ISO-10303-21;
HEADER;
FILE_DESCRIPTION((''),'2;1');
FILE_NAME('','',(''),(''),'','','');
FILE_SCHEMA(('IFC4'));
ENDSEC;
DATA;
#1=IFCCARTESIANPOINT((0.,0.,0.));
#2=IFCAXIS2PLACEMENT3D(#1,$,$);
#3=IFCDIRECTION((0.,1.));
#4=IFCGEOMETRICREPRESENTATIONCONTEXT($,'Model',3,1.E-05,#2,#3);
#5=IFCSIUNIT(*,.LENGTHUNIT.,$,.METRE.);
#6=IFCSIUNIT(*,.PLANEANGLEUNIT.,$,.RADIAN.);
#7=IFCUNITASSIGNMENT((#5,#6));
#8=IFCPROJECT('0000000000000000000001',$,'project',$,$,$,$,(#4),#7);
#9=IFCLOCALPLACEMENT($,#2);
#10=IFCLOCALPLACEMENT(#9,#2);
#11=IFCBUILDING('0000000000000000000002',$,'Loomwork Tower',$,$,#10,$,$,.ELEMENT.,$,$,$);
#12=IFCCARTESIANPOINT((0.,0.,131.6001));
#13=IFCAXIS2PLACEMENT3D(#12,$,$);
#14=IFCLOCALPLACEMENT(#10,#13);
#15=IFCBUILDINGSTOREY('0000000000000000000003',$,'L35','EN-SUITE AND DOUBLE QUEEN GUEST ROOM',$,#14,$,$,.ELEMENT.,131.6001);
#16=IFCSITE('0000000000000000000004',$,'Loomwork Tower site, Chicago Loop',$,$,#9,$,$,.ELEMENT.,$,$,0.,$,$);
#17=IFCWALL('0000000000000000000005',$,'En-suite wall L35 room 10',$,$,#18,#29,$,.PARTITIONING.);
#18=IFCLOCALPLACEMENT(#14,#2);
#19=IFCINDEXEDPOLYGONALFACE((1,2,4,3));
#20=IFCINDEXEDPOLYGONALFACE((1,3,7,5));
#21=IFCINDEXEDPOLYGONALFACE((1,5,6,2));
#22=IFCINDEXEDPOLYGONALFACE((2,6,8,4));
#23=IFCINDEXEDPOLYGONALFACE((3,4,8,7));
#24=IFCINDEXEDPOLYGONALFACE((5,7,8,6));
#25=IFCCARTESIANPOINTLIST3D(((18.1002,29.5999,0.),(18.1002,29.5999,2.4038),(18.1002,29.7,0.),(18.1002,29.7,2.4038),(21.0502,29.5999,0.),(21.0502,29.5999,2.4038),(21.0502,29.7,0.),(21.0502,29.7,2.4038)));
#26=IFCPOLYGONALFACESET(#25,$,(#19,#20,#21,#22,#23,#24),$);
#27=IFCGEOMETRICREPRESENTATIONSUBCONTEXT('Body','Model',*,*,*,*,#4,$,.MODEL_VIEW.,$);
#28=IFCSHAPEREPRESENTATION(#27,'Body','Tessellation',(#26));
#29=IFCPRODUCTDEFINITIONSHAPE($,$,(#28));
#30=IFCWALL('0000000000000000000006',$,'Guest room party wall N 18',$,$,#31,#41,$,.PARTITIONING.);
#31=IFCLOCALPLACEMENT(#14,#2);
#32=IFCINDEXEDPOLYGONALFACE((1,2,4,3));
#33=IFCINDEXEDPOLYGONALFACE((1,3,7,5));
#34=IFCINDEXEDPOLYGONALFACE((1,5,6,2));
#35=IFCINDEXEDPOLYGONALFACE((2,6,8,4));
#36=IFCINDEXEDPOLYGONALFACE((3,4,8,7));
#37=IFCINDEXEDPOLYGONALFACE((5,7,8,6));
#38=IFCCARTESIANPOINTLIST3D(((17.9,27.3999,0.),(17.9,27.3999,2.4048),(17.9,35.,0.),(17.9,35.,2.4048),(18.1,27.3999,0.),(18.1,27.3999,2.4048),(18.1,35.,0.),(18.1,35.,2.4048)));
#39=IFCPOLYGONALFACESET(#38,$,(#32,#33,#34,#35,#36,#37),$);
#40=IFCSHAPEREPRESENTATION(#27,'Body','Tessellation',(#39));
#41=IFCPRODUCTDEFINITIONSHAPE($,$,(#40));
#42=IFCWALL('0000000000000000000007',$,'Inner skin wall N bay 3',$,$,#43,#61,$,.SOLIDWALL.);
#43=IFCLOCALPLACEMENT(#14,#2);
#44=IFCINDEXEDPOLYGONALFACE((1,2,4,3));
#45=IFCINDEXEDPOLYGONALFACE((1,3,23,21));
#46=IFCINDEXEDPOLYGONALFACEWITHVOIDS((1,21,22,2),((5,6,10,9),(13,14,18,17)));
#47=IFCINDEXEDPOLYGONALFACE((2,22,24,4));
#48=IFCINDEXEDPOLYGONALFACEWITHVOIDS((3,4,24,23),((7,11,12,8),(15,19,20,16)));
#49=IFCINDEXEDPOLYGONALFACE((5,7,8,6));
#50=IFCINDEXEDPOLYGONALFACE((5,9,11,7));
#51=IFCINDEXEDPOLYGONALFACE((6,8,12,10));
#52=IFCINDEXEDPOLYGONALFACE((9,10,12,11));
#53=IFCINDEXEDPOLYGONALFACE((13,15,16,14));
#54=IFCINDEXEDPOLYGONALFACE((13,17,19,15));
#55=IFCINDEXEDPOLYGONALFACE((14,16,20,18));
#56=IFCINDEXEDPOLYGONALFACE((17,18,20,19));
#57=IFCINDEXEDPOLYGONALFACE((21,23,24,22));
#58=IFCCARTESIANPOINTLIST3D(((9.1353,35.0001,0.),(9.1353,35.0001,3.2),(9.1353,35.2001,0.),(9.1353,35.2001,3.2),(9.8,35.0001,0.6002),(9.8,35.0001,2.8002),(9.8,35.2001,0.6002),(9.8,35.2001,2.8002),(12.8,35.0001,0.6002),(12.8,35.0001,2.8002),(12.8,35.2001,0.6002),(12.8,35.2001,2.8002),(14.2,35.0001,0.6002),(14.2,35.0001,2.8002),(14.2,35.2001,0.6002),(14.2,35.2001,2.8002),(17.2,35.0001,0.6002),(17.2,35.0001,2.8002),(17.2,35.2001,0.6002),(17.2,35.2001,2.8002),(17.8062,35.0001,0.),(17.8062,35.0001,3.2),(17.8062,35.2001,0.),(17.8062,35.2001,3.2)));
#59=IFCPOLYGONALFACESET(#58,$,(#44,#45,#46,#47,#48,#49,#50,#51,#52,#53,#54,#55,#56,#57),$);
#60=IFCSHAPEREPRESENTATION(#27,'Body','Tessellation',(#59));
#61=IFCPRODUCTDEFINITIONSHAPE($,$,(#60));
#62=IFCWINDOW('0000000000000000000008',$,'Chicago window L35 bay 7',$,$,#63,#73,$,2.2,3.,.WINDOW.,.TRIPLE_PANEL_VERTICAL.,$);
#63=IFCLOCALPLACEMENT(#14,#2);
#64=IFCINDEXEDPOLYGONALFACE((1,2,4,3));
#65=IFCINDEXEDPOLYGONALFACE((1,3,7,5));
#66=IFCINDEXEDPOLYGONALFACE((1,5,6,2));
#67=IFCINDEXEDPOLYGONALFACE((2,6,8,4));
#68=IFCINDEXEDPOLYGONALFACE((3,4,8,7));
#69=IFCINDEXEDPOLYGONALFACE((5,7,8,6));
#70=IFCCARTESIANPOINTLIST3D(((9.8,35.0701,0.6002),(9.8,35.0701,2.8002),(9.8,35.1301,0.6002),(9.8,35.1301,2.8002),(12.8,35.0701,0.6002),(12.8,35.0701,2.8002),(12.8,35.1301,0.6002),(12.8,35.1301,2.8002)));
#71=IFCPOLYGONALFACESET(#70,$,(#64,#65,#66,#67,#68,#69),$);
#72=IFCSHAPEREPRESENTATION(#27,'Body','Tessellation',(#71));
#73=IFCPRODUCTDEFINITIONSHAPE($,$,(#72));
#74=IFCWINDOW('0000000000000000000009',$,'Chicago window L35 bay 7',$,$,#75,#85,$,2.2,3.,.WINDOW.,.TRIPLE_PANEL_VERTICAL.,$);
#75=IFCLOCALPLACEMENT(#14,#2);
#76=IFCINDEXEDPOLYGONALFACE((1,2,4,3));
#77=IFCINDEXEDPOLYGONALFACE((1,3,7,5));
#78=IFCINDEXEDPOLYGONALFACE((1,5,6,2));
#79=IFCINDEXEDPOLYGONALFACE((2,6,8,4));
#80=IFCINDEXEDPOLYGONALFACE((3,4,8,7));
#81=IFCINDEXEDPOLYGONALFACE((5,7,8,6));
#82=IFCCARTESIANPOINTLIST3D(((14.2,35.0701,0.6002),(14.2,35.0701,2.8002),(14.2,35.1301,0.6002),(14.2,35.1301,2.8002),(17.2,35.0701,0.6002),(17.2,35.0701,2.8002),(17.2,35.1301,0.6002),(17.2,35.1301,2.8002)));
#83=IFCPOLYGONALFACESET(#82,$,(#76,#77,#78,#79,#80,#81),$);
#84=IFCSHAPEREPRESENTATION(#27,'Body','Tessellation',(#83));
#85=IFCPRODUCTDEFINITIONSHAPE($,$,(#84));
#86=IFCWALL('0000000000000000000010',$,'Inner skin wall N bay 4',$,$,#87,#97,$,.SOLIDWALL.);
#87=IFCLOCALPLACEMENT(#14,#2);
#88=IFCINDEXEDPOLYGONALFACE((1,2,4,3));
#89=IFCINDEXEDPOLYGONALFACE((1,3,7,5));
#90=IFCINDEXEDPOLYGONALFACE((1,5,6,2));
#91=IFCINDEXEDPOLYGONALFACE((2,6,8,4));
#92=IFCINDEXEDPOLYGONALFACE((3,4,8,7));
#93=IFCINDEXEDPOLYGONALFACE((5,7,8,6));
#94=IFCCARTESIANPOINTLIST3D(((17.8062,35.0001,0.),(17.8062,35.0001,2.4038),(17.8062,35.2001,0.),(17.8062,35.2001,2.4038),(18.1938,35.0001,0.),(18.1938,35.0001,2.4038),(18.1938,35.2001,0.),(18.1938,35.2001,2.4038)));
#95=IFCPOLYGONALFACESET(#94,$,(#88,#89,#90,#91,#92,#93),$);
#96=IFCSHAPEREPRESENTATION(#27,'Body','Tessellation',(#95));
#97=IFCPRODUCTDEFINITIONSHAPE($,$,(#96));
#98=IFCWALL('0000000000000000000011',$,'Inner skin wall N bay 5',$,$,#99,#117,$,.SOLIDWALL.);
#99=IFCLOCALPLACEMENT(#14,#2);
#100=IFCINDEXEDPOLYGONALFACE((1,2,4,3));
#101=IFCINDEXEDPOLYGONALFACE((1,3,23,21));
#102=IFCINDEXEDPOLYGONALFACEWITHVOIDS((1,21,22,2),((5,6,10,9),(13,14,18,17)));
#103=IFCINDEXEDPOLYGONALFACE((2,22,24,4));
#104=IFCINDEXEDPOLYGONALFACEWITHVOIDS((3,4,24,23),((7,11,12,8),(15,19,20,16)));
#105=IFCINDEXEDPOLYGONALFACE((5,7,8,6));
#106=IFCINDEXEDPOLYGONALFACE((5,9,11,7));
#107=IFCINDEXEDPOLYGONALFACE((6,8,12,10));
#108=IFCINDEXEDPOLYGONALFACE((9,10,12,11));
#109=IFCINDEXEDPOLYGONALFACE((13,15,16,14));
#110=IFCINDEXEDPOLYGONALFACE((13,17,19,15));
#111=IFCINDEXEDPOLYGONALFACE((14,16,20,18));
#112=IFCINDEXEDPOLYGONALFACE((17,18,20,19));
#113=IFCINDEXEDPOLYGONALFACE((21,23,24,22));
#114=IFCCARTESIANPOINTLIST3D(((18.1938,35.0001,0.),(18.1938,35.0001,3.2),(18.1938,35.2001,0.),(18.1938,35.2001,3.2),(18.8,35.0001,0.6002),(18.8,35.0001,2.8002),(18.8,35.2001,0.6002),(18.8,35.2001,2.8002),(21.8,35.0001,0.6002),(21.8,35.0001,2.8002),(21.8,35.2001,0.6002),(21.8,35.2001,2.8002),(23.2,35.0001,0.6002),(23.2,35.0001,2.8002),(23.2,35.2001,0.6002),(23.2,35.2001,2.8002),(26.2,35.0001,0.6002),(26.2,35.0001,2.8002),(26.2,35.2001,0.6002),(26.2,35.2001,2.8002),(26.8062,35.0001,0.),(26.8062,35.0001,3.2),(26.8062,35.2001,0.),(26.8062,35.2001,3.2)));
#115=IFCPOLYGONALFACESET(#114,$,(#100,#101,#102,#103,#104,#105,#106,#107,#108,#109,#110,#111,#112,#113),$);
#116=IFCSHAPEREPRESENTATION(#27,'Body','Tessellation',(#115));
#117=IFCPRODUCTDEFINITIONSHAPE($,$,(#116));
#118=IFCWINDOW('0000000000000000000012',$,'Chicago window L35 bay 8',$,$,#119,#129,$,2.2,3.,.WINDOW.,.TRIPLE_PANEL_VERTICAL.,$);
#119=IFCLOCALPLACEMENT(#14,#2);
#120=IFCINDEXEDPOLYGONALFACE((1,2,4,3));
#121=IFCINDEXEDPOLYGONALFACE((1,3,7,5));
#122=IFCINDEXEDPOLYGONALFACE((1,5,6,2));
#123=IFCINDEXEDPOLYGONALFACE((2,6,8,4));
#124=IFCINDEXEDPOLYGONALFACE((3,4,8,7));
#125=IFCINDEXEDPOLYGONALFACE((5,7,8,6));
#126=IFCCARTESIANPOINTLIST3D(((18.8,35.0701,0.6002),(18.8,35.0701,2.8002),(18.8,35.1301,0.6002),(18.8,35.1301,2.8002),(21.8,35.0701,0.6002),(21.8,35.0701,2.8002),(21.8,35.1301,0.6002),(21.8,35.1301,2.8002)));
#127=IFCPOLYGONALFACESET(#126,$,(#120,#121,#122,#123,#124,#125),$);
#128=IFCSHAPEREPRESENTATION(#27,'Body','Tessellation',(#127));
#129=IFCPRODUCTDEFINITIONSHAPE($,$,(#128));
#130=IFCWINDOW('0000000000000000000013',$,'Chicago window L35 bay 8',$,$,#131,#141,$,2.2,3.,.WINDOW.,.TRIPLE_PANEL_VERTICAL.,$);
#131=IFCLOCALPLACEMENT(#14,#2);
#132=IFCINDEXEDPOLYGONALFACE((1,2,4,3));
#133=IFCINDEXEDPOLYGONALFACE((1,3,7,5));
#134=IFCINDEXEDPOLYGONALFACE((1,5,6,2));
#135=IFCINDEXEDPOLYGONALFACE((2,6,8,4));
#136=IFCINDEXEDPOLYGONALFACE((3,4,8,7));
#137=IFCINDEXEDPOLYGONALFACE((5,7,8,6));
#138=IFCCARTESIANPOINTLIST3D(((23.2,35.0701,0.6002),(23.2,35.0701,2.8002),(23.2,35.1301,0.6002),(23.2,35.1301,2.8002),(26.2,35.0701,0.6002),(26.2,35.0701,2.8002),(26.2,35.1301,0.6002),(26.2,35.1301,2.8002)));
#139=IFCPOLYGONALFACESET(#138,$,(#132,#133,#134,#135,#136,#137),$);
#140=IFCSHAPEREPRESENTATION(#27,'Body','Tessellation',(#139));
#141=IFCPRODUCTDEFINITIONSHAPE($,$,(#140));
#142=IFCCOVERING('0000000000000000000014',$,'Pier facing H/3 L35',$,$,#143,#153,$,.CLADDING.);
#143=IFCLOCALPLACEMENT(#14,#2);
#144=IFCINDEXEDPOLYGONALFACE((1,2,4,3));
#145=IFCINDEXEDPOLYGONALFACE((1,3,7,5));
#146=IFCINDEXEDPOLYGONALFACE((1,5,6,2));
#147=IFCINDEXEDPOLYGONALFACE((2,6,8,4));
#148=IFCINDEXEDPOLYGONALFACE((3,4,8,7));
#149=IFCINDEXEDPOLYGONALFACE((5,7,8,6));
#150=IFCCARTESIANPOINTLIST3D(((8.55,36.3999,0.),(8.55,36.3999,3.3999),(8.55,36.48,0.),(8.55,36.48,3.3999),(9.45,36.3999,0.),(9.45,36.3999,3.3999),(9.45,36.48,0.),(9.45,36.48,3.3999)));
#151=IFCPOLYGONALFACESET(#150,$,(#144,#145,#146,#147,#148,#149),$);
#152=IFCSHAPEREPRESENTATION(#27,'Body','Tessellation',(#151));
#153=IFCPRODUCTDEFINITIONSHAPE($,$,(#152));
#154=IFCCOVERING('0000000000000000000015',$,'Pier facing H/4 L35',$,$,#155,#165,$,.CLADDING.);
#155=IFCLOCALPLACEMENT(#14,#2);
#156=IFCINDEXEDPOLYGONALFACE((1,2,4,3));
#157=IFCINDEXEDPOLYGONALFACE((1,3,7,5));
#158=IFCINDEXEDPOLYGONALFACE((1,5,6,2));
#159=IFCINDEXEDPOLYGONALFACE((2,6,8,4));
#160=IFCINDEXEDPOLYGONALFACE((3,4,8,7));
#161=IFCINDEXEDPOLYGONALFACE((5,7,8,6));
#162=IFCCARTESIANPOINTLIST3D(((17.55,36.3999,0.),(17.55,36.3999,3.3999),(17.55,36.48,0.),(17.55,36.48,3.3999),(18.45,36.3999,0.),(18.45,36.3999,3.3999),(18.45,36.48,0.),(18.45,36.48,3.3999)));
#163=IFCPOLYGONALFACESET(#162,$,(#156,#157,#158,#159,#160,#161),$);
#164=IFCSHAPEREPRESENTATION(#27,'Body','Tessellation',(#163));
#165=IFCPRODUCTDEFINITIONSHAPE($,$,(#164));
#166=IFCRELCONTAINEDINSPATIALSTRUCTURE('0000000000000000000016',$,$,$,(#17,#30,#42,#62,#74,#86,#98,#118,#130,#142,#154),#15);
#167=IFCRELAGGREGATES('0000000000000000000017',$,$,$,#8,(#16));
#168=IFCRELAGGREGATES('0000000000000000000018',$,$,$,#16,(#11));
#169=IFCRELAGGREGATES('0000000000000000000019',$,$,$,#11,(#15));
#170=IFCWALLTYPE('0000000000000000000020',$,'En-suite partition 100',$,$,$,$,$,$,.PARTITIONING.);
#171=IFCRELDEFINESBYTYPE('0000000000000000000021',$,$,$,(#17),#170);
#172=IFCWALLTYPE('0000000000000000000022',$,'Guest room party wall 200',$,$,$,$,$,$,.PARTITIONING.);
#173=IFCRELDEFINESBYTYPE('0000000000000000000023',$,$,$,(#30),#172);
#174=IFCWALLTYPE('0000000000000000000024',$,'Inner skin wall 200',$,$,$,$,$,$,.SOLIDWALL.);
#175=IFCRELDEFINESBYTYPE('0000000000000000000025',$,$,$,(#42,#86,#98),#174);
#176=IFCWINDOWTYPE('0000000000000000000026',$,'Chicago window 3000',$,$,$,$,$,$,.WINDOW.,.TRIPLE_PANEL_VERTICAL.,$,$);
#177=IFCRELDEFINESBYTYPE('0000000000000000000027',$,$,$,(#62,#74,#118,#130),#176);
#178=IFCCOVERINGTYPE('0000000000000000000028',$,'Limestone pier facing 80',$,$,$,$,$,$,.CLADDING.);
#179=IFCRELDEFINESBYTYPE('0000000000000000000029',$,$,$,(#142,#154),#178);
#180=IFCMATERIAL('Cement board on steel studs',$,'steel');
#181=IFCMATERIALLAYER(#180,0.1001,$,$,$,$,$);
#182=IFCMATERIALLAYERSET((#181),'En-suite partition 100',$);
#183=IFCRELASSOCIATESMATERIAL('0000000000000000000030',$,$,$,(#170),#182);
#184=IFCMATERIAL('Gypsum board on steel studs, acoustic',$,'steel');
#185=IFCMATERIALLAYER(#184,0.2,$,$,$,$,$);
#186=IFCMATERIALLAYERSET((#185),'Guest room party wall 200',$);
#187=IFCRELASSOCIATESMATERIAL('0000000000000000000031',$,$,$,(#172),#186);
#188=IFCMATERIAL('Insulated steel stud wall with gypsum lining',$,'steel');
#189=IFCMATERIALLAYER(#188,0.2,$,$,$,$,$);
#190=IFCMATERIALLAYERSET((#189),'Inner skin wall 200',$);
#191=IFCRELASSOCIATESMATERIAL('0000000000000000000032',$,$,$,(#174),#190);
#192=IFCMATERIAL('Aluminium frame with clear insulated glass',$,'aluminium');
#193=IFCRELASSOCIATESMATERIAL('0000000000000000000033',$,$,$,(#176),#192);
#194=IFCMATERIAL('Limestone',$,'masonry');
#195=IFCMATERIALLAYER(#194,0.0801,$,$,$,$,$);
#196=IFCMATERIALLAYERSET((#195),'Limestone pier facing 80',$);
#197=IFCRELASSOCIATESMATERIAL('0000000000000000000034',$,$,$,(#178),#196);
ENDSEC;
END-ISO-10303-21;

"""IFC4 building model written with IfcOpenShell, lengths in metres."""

from ifc_helpers import new_model, si_unit, direction, frame, frame_2d, origin, origin_2d, place, context, subcontext, project, spatial, rectangle, extrude, material, layer, layer_set, type_object, element, fill, save


model = new_model("IFC4")

# Units and contexts
model_context = context("Model", 3, precision=1e-05, world=origin(), true_north=direction((0.0, 1.0)))
body_context = subcontext(model_context, "Body", "Model", "MODEL_VIEW")
ifc_project = project(units=[si_unit("LENGTHUNIT", "METRE"), si_unit("PLANEANGLEUNIT", "RADIAN")], contexts=[model_context])

# Site, building, storey
site_placement = place(None, origin())
site = spatial("IfcSite", under=ifc_project, at=site_placement, Name="Loomwork Tower site, Chicago Loop", CompositionType="ELEMENT", RefElevation=0.0)
building_placement = place(site_placement, origin())
building = spatial("IfcBuilding", under=site, at=building_placement, Name="Loomwork Tower", CompositionType="ELEMENT")
storey_placement = place(building_placement, frame((0.0, 0.0, 131.6001)))
storey = spatial("IfcBuildingStorey", under=building, at=storey_placement, Name="L35", Description="EN-SUITE AND DOUBLE QUEEN GUEST ROOM", CompositionType="ELEMENT", Elevation=131.6001)

# Walls
ifc_material_1 = material(Name="Cement board on steel studs", Category="steel")
ifc_layer_1 = layer(ifc_material_1, 0.1001)
ifc_layer_set_1 = layer_set([ifc_layer_1], Name="En-suite partition 100")
wall_type_1 = type_object("IfcWallType", Name="En-suite partition 100", PredefinedType="PARTITIONING", material=ifc_layer_set_1)
for number, where, z_axis, x_axis, name in (
    (1, (18.1001, 29.6499, 0.0), (0.0, 0.0, 1.0), (1.0, 0.0, 0.0), "En-suite wall L35 room 10"),
):
    element("IfcWall", number, at=place(storey_placement, frame(where, z_axis=z_axis, x_axis=x_axis)), inside=storey, type_object=wall_type_1, Name=name, PredefinedType="PARTITIONING", context=body_context, shape_type="SweptSolid", body=[
        extrude(rectangle(XDim=2.95, YDim=0.1001, at=frame_2d((1.4751, 0.0))), origin(), (0.0, 0.0, 1.0), 2.4038),
    ])
ifc_material_2 = material(Name="Gypsum board on steel studs, acoustic", Category="steel")
ifc_layer_2 = layer(ifc_material_2, 0.2)
ifc_layer_set_2 = layer_set([ifc_layer_2], Name="Guest room party wall 200")
wall_type_2 = type_object("IfcWallType", Name="Guest room party wall 200", PredefinedType="PARTITIONING", material=ifc_layer_set_2)
wall_1_placement = place(storey_placement, frame((18.0, 27.3999, 0.0), z_axis=(0.0, 0.0, 1.0), x_axis=(0.0, 1.0, 0.0)))
element("IfcWall", 2, at=wall_1_placement, inside=storey, type_object=wall_type_2, Name="Guest room party wall N 18", PredefinedType="PARTITIONING", context=body_context, shape_type="SweptSolid", body=[
    extrude(rectangle(XDim=7.6001, YDim=0.2, at=frame_2d((3.8, 0.0))), origin(), (0.0, 0.0, 1.0), 2.4048),
])

# Wall, openings, windows
ifc_material_3 = material(Name="Insulated steel stud wall with gypsum lining", Category="steel")
ifc_layer_3 = layer(ifc_material_3, 0.2)
ifc_layer_set_3 = layer_set([ifc_layer_3], Name="Inner skin wall 200")
wall_type_3 = type_object("IfcWallType", Name="Inner skin wall 200", PredefinedType="SOLIDWALL", material=ifc_layer_set_3)
wall_2_placement = place(storey_placement, frame((9.1353, 35.1001, 0.0), z_axis=(0.0, 0.0, 1.0), x_axis=(1.0, 0.0, 0.0)))
wall_2 = element("IfcWall", 3, at=wall_2_placement, inside=storey, type_object=wall_type_3, Name="Inner skin wall N bay 3", PredefinedType="SOLIDWALL", context=body_context, shape_type="SweptSolid", body=[
    extrude(rectangle(XDim=8.6709, YDim=0.2, at=frame_2d((4.3354, 0.0))), origin(), (0.0, 0.0, 1.0), 3.2),
])
opening_1_placement = place(wall_2_placement, frame((0.6648, 0.0, 0.6001)))
opening_1 = element("IfcOpeningElement", 4, at=opening_1_placement, cuts=wall_2, PredefinedType="OPENING", context=body_context, shape_type="SweptSolid", body=[
    extrude(rectangle(XDim=3.0, YDim=2.2, at=frame_2d((1.5, 1.1001))), frame((0.0, 0.1099, 0.0), z_axis=(0.0, -1.0, 0.0), x_axis=(1.0, 0.0, 0.0)), (0.0, 0.0, 1.0), 0.22),
])
opening_2_placement = place(wall_2_placement, frame((5.0647, 0.0, 0.6001)))
opening_2 = element("IfcOpeningElement", 5, at=opening_2_placement, cuts=wall_2, PredefinedType="OPENING", context=body_context, shape_type="SweptSolid", body=[
    extrude(rectangle(XDim=3.0, YDim=2.2, at=frame_2d((1.5, 1.1001))), frame((0.0, 0.1099, 0.0), z_axis=(0.0, -1.0, 0.0), x_axis=(1.0, 0.0, 0.0)), (0.0, 0.0, 1.0), 0.22),
])
ifc_material_4 = material(Name="Aluminium frame with clear insulated glass", Category="aluminium")
window_type = type_object("IfcWindowType", Name="Chicago window 3000", PartitioningType="TRIPLE_PANEL_VERTICAL", PredefinedType="WINDOW", material=ifc_material_4)
window_1_placement = place(opening_1_placement, origin())
window_1 = element("IfcWindow", 6, at=window_1_placement, inside=storey, type_object=window_type, Name="Chicago window L35 bay 7", OverallHeight=2.2, OverallWidth=3.0, PartitioningType="TRIPLE_PANEL_VERTICAL", PredefinedType="WINDOW", context=body_context, shape_type="SweptSolid", body=[
    extrude(rectangle(XDim=3.0, YDim=2.2, at=frame_2d((1.5, 1.1001))), frame((0.0, 0.03, 0.0), z_axis=(0.0, -1.0, 0.0), x_axis=(1.0, 0.0, 0.0)), (0.0, 0.0, 1.0), 0.0601),
])
fill(opening_1, window_1)
window_2_placement = place(opening_2_placement, origin())
window_2 = element("IfcWindow", 7, at=window_2_placement, inside=storey, type_object=window_type, Name="Chicago window L35 bay 7", OverallHeight=2.2, OverallWidth=3.0, PartitioningType="TRIPLE_PANEL_VERTICAL", PredefinedType="WINDOW", context=body_context, shape_type="SweptSolid", body=[
    extrude(rectangle(XDim=3.0, YDim=2.2, at=frame_2d((1.5, 1.1001))), frame((0.0, 0.03, 0.0), z_axis=(0.0, -1.0, 0.0), x_axis=(1.0, 0.0, 0.0)), (0.0, 0.0, 1.0), 0.0601),
])
fill(opening_2, window_2)

# Wall
wall_3_placement = place(storey_placement, frame((17.8062, 35.1001, 0.0), z_axis=(0.0, 0.0, 1.0), x_axis=(1.0, 0.0, 0.0)))
element("IfcWall", 8, at=wall_3_placement, inside=storey, type_object=wall_type_3, Name="Inner skin wall N bay 4", PredefinedType="SOLIDWALL", context=body_context, shape_type="SweptSolid", body=[
    extrude(rectangle(XDim=0.3877, YDim=0.2, at=frame_2d((0.1938, 0.0))), origin(), (0.0, 0.0, 1.0), 2.4038),
])

# Wall, openings, windows
wall_4_placement = place(storey_placement, frame((18.1938, 35.1001, 0.0), z_axis=(0.0, 0.0, 1.0), x_axis=(1.0, 0.0, 0.0)))
wall_4 = element("IfcWall", 9, at=wall_4_placement, inside=storey, type_object=wall_type_3, Name="Inner skin wall N bay 5", PredefinedType="SOLIDWALL", context=body_context, shape_type="SweptSolid", body=[
    extrude(rectangle(XDim=8.6123, YDim=0.2, at=frame_2d((4.3062, 0.0))), origin(), (0.0, 0.0, 1.0), 3.2),
])
opening_3_placement = place(wall_4_placement, frame((0.6062, 0.0, 0.6001)))
opening_3 = element("IfcOpeningElement", 10, at=opening_3_placement, cuts=wall_4, PredefinedType="OPENING", context=body_context, shape_type="SweptSolid", body=[
    extrude(rectangle(XDim=3.0, YDim=2.2, at=frame_2d((1.5, 1.1001))), frame((0.0, 0.1099, 0.0), z_axis=(0.0, -1.0, 0.0), x_axis=(1.0, 0.0, 0.0)), (0.0, 0.0, 1.0), 0.22),
])
opening_4_placement = place(wall_4_placement, frame((5.0061, 0.0, 0.6001)))
opening_4 = element("IfcOpeningElement", 11, at=opening_4_placement, cuts=wall_4, PredefinedType="OPENING", context=body_context, shape_type="SweptSolid", body=[
    extrude(rectangle(XDim=3.0, YDim=2.2, at=frame_2d((1.5, 1.1001))), frame((0.0, 0.1099, 0.0), z_axis=(0.0, -1.0, 0.0), x_axis=(1.0, 0.0, 0.0)), (0.0, 0.0, 1.0), 0.22),
])
window_3_placement = place(opening_3_placement, origin())
window_3 = element("IfcWindow", 12, at=window_3_placement, inside=storey, type_object=window_type, Name="Chicago window L35 bay 8", OverallHeight=2.2, OverallWidth=3.0, PartitioningType="TRIPLE_PANEL_VERTICAL", PredefinedType="WINDOW", context=body_context, shape_type="SweptSolid", body=[
    extrude(rectangle(XDim=3.0, YDim=2.2, at=frame_2d((1.5, 1.1001))), frame((0.0, 0.03, 0.0), z_axis=(0.0, -1.0, 0.0), x_axis=(1.0, 0.0, 0.0)), (0.0, 0.0, 1.0), 0.0601),
])
fill(opening_3, window_3)
window_4_placement = place(opening_4_placement, origin())
window_4 = element("IfcWindow", 13, at=window_4_placement, inside=storey, type_object=window_type, Name="Chicago window L35 bay 8", OverallHeight=2.2, OverallWidth=3.0, PartitioningType="TRIPLE_PANEL_VERTICAL", PredefinedType="WINDOW", context=body_context, shape_type="SweptSolid", body=[
    extrude(rectangle(XDim=3.0, YDim=2.2, at=frame_2d((1.5, 1.1001))), frame((0.0, 0.03, 0.0), z_axis=(0.0, -1.0, 0.0), x_axis=(1.0, 0.0, 0.0)), (0.0, 0.0, 1.0), 0.0601),
])
fill(opening_4, window_4)

# Coverings
ifc_material_5 = material(Name="Limestone", Category="masonry")
ifc_layer_4 = layer(ifc_material_5, 0.0801)
ifc_layer_set_4 = layer_set([ifc_layer_4], Name="Limestone pier facing 80")
covering_type = type_object("IfcCoveringType", Name="Limestone pier facing 80", PredefinedType="CLADDING", material=ifc_layer_set_4)
for number, where, z_axis, x_axis, name in (
    (14, (9.0, 36.4399, 0.0), (0.0, 0.0, 1.0), (1.0, 0.0, 0.0), "Pier facing H/3 L35"),
    (15, (18.0, 36.4399, 0.0), (0.0, 0.0, 1.0), (1.0, 0.0, 0.0), "Pier facing H/4 L35"),
):
    element("IfcCovering", number, at=place(storey_placement, frame(where, z_axis=z_axis, x_axis=x_axis)), inside=storey, type_object=covering_type, Name=name, PredefinedType="CLADDING", context=body_context, shape_type="SweptSolid", body=[
        extrude(rectangle(XDim=0.8999, YDim=0.0801, at=origin_2d()), origin(), (0.0, 0.0, 1.0), 3.3999),
    ])

save(model, "model.ifc")
